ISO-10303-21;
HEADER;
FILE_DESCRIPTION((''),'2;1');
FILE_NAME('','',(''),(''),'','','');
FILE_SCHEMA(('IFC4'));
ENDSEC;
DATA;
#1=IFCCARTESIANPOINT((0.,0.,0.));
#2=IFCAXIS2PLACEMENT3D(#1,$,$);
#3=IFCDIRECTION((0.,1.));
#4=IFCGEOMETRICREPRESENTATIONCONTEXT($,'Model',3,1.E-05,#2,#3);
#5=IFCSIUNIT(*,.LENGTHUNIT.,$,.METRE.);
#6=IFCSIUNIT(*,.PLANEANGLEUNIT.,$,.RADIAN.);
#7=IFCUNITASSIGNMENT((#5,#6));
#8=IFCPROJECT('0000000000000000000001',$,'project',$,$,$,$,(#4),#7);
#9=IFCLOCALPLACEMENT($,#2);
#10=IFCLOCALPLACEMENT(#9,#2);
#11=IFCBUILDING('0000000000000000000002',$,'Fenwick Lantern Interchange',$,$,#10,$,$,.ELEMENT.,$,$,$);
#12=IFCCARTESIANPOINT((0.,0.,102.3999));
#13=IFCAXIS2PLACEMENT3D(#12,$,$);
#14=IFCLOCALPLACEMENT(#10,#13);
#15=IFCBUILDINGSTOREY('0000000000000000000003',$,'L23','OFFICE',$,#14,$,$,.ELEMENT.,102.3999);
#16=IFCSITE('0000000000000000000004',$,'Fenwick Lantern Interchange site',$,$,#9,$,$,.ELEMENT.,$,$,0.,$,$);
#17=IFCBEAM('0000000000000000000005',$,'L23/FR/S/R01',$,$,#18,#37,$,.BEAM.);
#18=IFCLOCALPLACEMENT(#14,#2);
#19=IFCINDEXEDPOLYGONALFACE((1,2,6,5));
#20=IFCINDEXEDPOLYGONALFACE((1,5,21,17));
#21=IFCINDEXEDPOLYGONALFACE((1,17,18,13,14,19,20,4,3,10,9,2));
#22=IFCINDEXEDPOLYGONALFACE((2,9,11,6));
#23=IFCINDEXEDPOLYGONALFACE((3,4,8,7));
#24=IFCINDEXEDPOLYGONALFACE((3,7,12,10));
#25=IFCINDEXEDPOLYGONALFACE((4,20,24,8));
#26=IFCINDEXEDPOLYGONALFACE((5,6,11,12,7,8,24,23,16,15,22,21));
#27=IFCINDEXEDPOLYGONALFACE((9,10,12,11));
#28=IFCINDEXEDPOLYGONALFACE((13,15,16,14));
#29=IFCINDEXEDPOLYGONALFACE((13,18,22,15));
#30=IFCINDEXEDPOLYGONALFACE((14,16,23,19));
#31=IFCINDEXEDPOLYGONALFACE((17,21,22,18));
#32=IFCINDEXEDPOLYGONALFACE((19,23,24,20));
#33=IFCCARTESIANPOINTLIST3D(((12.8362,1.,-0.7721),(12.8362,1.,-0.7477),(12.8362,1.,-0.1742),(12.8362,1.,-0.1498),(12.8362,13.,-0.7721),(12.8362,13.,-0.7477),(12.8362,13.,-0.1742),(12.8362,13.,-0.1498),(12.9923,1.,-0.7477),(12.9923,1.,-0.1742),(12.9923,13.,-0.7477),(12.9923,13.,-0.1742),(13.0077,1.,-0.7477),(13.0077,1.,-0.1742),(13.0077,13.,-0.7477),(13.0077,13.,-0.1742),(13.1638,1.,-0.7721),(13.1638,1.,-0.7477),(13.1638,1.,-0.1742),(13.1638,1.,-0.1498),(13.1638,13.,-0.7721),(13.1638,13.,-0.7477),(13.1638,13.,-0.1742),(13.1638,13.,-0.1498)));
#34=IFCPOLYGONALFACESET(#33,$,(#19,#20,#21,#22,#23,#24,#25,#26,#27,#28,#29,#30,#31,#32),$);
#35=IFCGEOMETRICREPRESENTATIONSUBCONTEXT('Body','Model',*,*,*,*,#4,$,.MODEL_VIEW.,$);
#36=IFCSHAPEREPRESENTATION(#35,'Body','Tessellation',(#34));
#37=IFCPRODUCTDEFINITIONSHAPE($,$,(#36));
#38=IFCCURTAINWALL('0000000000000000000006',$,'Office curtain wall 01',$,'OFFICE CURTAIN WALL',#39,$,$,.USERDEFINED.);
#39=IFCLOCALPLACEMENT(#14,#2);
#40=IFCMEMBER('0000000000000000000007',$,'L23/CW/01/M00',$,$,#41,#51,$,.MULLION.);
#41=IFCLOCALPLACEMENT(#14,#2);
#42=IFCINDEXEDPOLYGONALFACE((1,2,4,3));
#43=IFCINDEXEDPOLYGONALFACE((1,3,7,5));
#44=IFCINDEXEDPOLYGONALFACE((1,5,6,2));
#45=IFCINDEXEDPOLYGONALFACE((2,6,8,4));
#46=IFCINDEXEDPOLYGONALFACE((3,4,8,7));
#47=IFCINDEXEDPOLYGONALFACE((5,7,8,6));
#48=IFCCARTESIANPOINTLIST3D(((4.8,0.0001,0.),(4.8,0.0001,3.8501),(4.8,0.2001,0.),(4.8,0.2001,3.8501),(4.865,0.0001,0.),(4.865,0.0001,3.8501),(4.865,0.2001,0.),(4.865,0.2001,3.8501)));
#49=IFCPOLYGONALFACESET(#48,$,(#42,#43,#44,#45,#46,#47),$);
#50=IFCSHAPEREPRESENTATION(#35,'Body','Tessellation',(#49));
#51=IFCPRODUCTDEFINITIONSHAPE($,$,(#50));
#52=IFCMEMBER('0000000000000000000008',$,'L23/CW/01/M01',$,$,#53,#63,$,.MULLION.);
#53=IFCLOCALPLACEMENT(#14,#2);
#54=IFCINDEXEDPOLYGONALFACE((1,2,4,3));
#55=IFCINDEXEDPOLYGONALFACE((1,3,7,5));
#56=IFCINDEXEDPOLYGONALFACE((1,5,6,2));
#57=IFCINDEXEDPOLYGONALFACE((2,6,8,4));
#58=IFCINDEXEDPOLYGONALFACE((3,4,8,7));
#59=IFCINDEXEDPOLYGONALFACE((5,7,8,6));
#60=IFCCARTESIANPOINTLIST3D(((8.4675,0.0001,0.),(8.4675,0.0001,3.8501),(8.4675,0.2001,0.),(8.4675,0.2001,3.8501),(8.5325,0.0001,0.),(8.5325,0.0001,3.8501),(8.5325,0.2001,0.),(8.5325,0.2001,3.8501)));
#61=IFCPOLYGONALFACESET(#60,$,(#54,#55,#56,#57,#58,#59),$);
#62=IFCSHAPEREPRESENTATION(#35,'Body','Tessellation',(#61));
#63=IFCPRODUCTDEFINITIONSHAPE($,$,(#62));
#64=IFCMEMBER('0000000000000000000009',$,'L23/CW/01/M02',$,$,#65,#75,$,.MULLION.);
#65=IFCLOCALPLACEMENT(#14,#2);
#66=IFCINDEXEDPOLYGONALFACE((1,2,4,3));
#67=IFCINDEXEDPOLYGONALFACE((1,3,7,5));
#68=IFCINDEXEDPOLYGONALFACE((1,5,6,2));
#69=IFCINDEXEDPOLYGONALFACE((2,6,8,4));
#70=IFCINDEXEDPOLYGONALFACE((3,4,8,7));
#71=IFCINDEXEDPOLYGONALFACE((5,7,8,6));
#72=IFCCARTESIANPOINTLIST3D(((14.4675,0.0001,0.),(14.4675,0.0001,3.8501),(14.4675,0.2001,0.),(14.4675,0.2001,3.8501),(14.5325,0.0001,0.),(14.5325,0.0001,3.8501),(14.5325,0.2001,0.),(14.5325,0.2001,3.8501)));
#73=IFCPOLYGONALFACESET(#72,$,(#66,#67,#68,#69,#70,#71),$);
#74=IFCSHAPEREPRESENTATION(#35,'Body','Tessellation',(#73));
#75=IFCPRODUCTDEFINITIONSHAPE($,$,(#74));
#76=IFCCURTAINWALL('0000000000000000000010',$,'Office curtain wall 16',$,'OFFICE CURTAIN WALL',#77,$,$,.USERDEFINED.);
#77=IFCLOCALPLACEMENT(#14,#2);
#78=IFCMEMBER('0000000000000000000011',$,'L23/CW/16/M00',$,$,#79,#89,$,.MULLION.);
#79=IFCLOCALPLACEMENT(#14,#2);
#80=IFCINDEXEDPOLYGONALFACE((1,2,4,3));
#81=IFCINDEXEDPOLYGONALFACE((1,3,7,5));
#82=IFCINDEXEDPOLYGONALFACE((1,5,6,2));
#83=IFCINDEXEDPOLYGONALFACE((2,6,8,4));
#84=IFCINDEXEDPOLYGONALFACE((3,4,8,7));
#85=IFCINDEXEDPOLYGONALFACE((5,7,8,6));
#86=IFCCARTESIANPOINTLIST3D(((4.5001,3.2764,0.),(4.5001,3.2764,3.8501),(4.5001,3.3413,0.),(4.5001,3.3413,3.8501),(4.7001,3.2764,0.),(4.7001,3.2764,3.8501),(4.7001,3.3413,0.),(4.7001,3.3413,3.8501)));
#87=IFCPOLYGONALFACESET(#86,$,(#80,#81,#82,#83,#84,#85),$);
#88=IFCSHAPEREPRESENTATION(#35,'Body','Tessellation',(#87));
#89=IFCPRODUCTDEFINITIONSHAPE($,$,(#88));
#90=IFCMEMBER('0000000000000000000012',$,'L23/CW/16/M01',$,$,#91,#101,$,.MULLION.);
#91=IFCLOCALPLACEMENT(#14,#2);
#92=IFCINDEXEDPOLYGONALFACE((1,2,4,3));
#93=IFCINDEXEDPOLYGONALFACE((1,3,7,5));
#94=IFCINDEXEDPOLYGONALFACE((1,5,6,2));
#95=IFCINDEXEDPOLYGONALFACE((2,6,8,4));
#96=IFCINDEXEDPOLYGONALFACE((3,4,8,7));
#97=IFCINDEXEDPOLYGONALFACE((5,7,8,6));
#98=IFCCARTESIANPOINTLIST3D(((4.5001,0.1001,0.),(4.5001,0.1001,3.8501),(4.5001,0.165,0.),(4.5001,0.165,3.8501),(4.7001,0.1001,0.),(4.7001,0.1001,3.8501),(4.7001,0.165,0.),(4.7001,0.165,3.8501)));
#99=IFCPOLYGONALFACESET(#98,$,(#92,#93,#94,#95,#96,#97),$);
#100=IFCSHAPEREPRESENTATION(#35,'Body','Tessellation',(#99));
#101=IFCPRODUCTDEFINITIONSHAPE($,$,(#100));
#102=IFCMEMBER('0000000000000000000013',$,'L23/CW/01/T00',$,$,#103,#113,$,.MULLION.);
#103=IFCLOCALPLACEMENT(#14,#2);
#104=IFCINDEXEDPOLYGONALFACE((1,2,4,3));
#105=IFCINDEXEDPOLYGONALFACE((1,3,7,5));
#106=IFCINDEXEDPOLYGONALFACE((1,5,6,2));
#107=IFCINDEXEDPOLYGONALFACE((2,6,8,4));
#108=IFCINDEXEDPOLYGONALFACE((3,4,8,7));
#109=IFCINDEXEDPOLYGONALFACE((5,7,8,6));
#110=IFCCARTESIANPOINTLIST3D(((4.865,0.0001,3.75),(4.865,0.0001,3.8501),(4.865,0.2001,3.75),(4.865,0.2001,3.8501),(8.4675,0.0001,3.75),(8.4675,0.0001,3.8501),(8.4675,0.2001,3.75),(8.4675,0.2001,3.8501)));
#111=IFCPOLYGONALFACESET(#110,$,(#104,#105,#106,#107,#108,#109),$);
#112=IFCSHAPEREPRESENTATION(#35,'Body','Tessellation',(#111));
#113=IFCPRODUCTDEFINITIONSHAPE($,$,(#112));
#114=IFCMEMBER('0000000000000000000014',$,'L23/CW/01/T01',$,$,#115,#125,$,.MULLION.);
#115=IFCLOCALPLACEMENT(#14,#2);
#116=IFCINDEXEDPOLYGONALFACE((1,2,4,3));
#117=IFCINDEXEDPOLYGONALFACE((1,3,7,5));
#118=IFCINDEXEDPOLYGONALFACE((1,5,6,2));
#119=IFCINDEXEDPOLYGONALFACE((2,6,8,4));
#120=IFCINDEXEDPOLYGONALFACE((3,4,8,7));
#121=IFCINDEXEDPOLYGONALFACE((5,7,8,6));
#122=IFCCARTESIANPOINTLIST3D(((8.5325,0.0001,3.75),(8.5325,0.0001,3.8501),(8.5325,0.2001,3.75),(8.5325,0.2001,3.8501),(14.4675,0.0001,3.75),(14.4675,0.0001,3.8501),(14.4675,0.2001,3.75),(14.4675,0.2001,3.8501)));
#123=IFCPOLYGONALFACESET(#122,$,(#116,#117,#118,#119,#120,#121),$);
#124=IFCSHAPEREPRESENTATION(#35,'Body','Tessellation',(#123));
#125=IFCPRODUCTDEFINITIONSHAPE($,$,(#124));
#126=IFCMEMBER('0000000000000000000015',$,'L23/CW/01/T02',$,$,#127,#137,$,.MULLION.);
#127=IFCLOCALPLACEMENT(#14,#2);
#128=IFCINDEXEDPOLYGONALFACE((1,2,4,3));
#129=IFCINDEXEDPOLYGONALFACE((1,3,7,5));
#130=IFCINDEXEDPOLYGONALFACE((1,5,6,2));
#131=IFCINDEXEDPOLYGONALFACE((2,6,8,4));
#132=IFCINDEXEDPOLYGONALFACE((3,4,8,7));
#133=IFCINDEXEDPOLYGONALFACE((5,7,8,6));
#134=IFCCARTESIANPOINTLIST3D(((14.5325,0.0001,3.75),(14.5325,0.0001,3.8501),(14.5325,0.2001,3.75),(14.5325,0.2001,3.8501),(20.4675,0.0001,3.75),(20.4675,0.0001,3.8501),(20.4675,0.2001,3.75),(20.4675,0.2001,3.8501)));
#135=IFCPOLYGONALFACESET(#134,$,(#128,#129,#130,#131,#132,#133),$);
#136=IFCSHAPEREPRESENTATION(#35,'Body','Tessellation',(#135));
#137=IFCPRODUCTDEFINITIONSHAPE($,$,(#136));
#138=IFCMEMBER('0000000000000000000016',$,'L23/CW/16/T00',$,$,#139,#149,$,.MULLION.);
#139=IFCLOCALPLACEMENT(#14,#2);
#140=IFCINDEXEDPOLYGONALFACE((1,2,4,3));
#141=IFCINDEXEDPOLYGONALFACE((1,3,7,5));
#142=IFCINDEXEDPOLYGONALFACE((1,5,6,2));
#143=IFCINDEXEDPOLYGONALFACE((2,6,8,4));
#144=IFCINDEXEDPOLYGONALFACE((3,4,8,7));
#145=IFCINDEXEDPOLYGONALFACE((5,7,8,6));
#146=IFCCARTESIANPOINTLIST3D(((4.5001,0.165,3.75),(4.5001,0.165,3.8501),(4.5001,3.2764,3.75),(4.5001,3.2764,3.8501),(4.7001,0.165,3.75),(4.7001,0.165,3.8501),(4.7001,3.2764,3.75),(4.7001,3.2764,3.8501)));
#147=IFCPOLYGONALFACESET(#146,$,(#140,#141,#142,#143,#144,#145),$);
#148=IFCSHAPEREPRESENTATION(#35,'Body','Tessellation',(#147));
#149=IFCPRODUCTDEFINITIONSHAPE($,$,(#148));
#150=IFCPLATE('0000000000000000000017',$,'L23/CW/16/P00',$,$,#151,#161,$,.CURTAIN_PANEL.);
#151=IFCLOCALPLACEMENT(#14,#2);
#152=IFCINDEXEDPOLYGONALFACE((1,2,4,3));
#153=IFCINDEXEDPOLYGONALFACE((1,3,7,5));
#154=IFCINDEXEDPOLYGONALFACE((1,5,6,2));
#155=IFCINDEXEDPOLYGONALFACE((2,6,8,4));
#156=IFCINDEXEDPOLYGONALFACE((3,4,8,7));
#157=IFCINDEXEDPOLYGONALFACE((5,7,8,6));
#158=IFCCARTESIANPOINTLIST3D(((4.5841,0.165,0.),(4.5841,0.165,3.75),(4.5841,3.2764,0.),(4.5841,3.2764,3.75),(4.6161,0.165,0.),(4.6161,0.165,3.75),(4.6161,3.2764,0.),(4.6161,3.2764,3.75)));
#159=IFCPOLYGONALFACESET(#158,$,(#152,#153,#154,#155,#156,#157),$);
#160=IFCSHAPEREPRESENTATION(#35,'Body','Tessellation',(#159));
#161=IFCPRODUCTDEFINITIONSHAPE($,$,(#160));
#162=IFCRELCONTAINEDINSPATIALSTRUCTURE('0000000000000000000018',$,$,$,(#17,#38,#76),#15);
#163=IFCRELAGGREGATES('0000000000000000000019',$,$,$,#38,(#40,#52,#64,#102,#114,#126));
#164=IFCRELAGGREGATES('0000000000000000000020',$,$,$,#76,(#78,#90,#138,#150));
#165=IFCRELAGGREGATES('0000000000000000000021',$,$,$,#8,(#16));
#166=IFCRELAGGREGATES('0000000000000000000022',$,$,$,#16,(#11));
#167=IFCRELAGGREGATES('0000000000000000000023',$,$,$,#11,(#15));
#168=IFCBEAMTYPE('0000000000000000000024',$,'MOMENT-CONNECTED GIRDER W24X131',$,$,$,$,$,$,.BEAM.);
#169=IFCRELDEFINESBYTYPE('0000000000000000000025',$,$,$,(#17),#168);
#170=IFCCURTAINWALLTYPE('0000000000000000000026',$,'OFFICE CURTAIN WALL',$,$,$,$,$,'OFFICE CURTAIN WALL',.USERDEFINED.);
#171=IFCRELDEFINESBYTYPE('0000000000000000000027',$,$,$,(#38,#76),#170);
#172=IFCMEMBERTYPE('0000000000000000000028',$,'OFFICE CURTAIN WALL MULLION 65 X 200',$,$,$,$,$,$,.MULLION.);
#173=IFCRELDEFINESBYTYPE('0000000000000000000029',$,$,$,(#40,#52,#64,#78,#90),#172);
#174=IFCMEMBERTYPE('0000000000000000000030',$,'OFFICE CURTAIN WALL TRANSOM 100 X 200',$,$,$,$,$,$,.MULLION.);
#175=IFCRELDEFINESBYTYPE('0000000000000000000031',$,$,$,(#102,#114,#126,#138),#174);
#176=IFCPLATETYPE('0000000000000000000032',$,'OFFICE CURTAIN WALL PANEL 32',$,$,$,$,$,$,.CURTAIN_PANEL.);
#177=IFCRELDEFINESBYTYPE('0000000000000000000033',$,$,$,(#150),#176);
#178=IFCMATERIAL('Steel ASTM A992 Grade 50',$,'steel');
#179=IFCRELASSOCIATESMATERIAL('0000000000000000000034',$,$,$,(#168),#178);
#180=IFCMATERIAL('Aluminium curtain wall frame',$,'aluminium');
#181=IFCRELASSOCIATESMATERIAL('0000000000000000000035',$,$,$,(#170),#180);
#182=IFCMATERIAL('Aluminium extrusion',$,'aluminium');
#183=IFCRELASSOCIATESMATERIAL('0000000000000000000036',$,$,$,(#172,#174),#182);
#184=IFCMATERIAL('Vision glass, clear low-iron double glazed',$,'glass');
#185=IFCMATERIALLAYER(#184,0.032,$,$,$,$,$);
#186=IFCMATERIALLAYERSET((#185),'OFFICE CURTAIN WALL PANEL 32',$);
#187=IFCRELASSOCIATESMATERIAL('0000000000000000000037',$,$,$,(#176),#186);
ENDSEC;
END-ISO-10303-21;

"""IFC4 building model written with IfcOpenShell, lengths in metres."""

from ifc_helpers import new_model, si_unit, direction, frame, origin, origin_2d, place, context, subcontext, project, spatial, rectangle, i_section, extrude, material, layer, layer_set, material_profile, profile_set, type_object, element, aggregate, save


model = new_model("IFC4")

# Units and contexts
model_context = context("Model", 3, precision=1e-05, world=origin(), true_north=direction((0.0, 1.0)))
body_context = subcontext(model_context, "Body", "Model", "MODEL_VIEW")
ifc_project = project(units=[si_unit("LENGTHUNIT", "METRE"), si_unit("PLANEANGLEUNIT", "RADIAN")], contexts=[model_context])

# Site, building, storey
site_placement = place(None, origin())
site = spatial("IfcSite", under=ifc_project, at=site_placement, Name="Fenwick Lantern Interchange site", CompositionType="ELEMENT", RefElevation=0.0)
building_placement = place(site_placement, origin())
building = spatial("IfcBuilding", under=site, at=building_placement, Name="Fenwick Lantern Interchange", CompositionType="ELEMENT")
storey_placement = place(building_placement, frame((0.0, 0.0, 102.3999)))
storey = spatial("IfcBuildingStorey", under=building, at=storey_placement, Name="L23", Description="OFFICE", CompositionType="ELEMENT", Elevation=102.3999)

# Shared definitions
ifc_material_1 = material(Name="Steel ASTM A992 Grade 50", Category="steel")

# Beam
ifc_material_profile_1 = material_profile(ifc_material_1, i_section(OverallWidth=0.3276, OverallDepth=0.6223, WebThickness=0.0154, FlangeThickness=0.0244, at=origin_2d()), Name="W24X131")
ifc_profile_set_1 = profile_set([ifc_material_profile_1], Name="Steel ASTM A992 Grade 50")
beam_type_1 = type_object("IfcBeamType", Name="MOMENT-CONNECTED GIRDER W24X131", PredefinedType="BEAM", material=ifc_profile_set_1)
beam_1_placement = place(storey_placement, frame((13.0, 1.0, -0.4609), z_axis=(0.0, 1.0, 0.0), x_axis=(-1.0, 0.0, 0.0)))
element("IfcBeam", 1, at=beam_1_placement, inside=storey, type_object=beam_type_1, Name="L23/FR/S/R01", PredefinedType="BEAM", context=body_context, shape_type="SweptSolid", body=[
    extrude(i_section(OverallWidth=0.3276, OverallDepth=0.6223, WebThickness=0.0154, FlangeThickness=0.0244, at=origin_2d()), origin(), (0.0, 0.0, 1.0), 12.0),
])

# Curtain walls, members
ifc_material_2 = material(Name="Aluminium curtain wall frame", Category="aluminium")
curtain_wall_type = type_object("IfcCurtainWallType", Name="OFFICE CURTAIN WALL", ElementType="OFFICE CURTAIN WALL", PredefinedType="USERDEFINED", material=ifc_material_2)
curtain_wall_1_placement = place(storey_placement, origin())
curtain_wall_1 = element("IfcCurtainWall", 2, at=curtain_wall_1_placement, inside=storey, type_object=curtain_wall_type, Name="Office curtain wall 01", ObjectType="OFFICE CURTAIN WALL", PredefinedType="USERDEFINED")
ifc_material_3 = material(Name="Aluminium extrusion", Category="aluminium")
ifc_material_profile_2 = material_profile(ifc_material_3, rectangle(XDim=0.2, YDim=0.0649, at=origin_2d()), Name="OFFICE CURTAIN WALL MULLION 65 X 200")
ifc_profile_set_2 = profile_set([ifc_material_profile_2], Name="Aluminium extrusion")
member_type_1 = type_object("IfcMemberType", Name="OFFICE CURTAIN WALL MULLION 65 X 200", PredefinedType="MULLION", material=ifc_profile_set_2)
member_1_placement = place(storey_placement, frame((4.8325, 0.1001, 0.0), z_axis=(0.0, 0.0, 1.0), x_axis=(0.0, 1.0, 0.0)))
member_1 = element("IfcMember", 3, at=member_1_placement, type_object=member_type_1, Name="L23/CW/01/M00", PredefinedType="MULLION", context=body_context, shape_type="SweptSolid", body=[
    extrude(rectangle(XDim=0.2, YDim=0.0649, at=origin_2d()), origin(), (0.0, 0.0, 1.0), 3.8501),
])
member_2_placement = place(storey_placement, frame((8.5, 0.1001, 0.0), z_axis=(0.0, 0.0, 1.0), x_axis=(0.0, 1.0, 0.0)))
member_2 = element("IfcMember", 4, at=member_2_placement, type_object=member_type_1, Name="L23/CW/01/M01", PredefinedType="MULLION", context=body_context, shape_type="SweptSolid", body=[
    extrude(rectangle(XDim=0.2, YDim=0.0649, at=origin_2d()), origin(), (0.0, 0.0, 1.0), 3.8501),
])
member_3_placement = place(storey_placement, frame((14.5, 0.1001, 0.0), z_axis=(0.0, 0.0, 1.0), x_axis=(0.0, 1.0, 0.0)))
member_3 = element("IfcMember", 5, at=member_3_placement, type_object=member_type_1, Name="L23/CW/01/M02", PredefinedType="MULLION", context=body_context, shape_type="SweptSolid", body=[
    extrude(rectangle(XDim=0.2, YDim=0.0649, at=origin_2d()), origin(), (0.0, 0.0, 1.0), 3.8501),
])
curtain_wall_2_placement = place(storey_placement, origin())
curtain_wall_2 = element("IfcCurtainWall", 6, at=curtain_wall_2_placement, inside=storey, type_object=curtain_wall_type, Name="Office curtain wall 16", ObjectType="OFFICE CURTAIN WALL", PredefinedType="USERDEFINED")
member_4_placement = place(storey_placement, frame((4.6001, 3.3088, 0.0), z_axis=(0.0, 0.0, 1.0), x_axis=(1.0, 0.0, 0.0)))
member_4 = element("IfcMember", 7, at=member_4_placement, type_object=member_type_1, Name="L23/CW/16/M00", PredefinedType="MULLION", context=body_context, shape_type="SweptSolid", body=[
    extrude(rectangle(XDim=0.2, YDim=0.0649, at=origin_2d()), origin(), (0.0, 0.0, 1.0), 3.8501),
])
member_5_placement = place(storey_placement, frame((4.6001, 0.1326, 0.0), z_axis=(0.0, 0.0, 1.0), x_axis=(1.0, 0.0, 0.0)))
member_5 = element("IfcMember", 8, at=member_5_placement, type_object=member_type_1, Name="L23/CW/16/M01", PredefinedType="MULLION", context=body_context, shape_type="SweptSolid", body=[
    extrude(rectangle(XDim=0.2, YDim=0.0649, at=origin_2d()), origin(), (0.0, 0.0, 1.0), 3.8501),
])

# Members
ifc_material_profile_3 = material_profile(ifc_material_3, rectangle(XDim=0.2, YDim=0.1001, at=origin_2d()), Name="OFFICE CURTAIN WALL TRANSOM 100 X 200")
ifc_profile_set_3 = profile_set([ifc_material_profile_3], Name="Aluminium extrusion")
member_type_2 = type_object("IfcMemberType", Name="OFFICE CURTAIN WALL TRANSOM 100 X 200", PredefinedType="MULLION", material=ifc_profile_set_3)
member_6_placement = place(storey_placement, frame((4.865, 0.1001, 3.8), z_axis=(1.0, 0.0, 0.0), x_axis=(0.0, 1.0, 0.0)))
member_6 = element("IfcMember", 9, at=member_6_placement, type_object=member_type_2, Name="L23/CW/01/T00", PredefinedType="MULLION", context=body_context, shape_type="SweptSolid", body=[
    extrude(rectangle(XDim=0.2, YDim=0.1001, at=origin_2d()), origin(), (0.0, 0.0, 1.0), 3.6025),
])
member_7_placement = place(storey_placement, frame((8.5325, 0.1001, 3.8), z_axis=(1.0, 0.0, 0.0), x_axis=(0.0, 1.0, 0.0)))
member_7 = element("IfcMember", 10, at=member_7_placement, type_object=member_type_2, Name="L23/CW/01/T01", PredefinedType="MULLION", context=body_context, shape_type="SweptSolid", body=[
    extrude(rectangle(XDim=0.2, YDim=0.1001, at=origin_2d()), origin(), (0.0, 0.0, 1.0), 5.9351),
])
member_8_placement = place(storey_placement, frame((14.5325, 0.1001, 3.8), z_axis=(1.0, 0.0, 0.0), x_axis=(0.0, 1.0, 0.0)))
member_8 = element("IfcMember", 11, at=member_8_placement, type_object=member_type_2, Name="L23/CW/01/T02", PredefinedType="MULLION", context=body_context, shape_type="SweptSolid", body=[
    extrude(rectangle(XDim=0.2, YDim=0.1001, at=origin_2d()), origin(), (0.0, 0.0, 1.0), 5.9351),
])
member_9_placement = place(storey_placement, frame((4.6001, 3.2764, 3.8), z_axis=(0.0, -1.0, 0.0), x_axis=(1.0, 0.0, 0.0)))
member_9 = element("IfcMember", 12, at=member_9_placement, type_object=member_type_2, Name="L23/CW/16/T00", PredefinedType="MULLION", context=body_context, shape_type="SweptSolid", body=[
    extrude(rectangle(XDim=0.2, YDim=0.1001, at=origin_2d()), origin(), (0.0, 0.0, 1.0), 3.1113),
])

# Plate
ifc_material_4 = material(Name="Vision glass, clear low-iron double glazed", Category="glass")
ifc_layer_1 = layer(ifc_material_4, 0.032)
ifc_layer_set_1 = layer_set([ifc_layer_1], Name="OFFICE CURTAIN WALL PANEL 32")
plate_type = type_object("IfcPlateType", Name="OFFICE CURTAIN WALL PANEL 32", PredefinedType="CURTAIN_PANEL", material=ifc_layer_set_1)
aggregate(curtain_wall_1, [member_1, member_2, member_3, member_6, member_7, member_8])
plate_1_placement = place(storey_placement, frame((4.6001, 1.7207, 0.0), z_axis=(0.0, 0.0, 1.0), x_axis=(0.0, -1.0, 0.0)))
plate_1 = element("IfcPlate", 13, at=plate_1_placement, type_object=plate_type, Name="L23/CW/16/P00", PredefinedType="CURTAIN_PANEL", context=body_context, shape_type="SweptSolid", body=[
    extrude(rectangle(XDim=3.1113, YDim=0.032, at=origin_2d()), origin(), (0.0, 0.0, 1.0), 3.75),
])
aggregate(curtain_wall_2, [member_4, member_5, member_9, plate_1])

save(model, "model.ifc")
